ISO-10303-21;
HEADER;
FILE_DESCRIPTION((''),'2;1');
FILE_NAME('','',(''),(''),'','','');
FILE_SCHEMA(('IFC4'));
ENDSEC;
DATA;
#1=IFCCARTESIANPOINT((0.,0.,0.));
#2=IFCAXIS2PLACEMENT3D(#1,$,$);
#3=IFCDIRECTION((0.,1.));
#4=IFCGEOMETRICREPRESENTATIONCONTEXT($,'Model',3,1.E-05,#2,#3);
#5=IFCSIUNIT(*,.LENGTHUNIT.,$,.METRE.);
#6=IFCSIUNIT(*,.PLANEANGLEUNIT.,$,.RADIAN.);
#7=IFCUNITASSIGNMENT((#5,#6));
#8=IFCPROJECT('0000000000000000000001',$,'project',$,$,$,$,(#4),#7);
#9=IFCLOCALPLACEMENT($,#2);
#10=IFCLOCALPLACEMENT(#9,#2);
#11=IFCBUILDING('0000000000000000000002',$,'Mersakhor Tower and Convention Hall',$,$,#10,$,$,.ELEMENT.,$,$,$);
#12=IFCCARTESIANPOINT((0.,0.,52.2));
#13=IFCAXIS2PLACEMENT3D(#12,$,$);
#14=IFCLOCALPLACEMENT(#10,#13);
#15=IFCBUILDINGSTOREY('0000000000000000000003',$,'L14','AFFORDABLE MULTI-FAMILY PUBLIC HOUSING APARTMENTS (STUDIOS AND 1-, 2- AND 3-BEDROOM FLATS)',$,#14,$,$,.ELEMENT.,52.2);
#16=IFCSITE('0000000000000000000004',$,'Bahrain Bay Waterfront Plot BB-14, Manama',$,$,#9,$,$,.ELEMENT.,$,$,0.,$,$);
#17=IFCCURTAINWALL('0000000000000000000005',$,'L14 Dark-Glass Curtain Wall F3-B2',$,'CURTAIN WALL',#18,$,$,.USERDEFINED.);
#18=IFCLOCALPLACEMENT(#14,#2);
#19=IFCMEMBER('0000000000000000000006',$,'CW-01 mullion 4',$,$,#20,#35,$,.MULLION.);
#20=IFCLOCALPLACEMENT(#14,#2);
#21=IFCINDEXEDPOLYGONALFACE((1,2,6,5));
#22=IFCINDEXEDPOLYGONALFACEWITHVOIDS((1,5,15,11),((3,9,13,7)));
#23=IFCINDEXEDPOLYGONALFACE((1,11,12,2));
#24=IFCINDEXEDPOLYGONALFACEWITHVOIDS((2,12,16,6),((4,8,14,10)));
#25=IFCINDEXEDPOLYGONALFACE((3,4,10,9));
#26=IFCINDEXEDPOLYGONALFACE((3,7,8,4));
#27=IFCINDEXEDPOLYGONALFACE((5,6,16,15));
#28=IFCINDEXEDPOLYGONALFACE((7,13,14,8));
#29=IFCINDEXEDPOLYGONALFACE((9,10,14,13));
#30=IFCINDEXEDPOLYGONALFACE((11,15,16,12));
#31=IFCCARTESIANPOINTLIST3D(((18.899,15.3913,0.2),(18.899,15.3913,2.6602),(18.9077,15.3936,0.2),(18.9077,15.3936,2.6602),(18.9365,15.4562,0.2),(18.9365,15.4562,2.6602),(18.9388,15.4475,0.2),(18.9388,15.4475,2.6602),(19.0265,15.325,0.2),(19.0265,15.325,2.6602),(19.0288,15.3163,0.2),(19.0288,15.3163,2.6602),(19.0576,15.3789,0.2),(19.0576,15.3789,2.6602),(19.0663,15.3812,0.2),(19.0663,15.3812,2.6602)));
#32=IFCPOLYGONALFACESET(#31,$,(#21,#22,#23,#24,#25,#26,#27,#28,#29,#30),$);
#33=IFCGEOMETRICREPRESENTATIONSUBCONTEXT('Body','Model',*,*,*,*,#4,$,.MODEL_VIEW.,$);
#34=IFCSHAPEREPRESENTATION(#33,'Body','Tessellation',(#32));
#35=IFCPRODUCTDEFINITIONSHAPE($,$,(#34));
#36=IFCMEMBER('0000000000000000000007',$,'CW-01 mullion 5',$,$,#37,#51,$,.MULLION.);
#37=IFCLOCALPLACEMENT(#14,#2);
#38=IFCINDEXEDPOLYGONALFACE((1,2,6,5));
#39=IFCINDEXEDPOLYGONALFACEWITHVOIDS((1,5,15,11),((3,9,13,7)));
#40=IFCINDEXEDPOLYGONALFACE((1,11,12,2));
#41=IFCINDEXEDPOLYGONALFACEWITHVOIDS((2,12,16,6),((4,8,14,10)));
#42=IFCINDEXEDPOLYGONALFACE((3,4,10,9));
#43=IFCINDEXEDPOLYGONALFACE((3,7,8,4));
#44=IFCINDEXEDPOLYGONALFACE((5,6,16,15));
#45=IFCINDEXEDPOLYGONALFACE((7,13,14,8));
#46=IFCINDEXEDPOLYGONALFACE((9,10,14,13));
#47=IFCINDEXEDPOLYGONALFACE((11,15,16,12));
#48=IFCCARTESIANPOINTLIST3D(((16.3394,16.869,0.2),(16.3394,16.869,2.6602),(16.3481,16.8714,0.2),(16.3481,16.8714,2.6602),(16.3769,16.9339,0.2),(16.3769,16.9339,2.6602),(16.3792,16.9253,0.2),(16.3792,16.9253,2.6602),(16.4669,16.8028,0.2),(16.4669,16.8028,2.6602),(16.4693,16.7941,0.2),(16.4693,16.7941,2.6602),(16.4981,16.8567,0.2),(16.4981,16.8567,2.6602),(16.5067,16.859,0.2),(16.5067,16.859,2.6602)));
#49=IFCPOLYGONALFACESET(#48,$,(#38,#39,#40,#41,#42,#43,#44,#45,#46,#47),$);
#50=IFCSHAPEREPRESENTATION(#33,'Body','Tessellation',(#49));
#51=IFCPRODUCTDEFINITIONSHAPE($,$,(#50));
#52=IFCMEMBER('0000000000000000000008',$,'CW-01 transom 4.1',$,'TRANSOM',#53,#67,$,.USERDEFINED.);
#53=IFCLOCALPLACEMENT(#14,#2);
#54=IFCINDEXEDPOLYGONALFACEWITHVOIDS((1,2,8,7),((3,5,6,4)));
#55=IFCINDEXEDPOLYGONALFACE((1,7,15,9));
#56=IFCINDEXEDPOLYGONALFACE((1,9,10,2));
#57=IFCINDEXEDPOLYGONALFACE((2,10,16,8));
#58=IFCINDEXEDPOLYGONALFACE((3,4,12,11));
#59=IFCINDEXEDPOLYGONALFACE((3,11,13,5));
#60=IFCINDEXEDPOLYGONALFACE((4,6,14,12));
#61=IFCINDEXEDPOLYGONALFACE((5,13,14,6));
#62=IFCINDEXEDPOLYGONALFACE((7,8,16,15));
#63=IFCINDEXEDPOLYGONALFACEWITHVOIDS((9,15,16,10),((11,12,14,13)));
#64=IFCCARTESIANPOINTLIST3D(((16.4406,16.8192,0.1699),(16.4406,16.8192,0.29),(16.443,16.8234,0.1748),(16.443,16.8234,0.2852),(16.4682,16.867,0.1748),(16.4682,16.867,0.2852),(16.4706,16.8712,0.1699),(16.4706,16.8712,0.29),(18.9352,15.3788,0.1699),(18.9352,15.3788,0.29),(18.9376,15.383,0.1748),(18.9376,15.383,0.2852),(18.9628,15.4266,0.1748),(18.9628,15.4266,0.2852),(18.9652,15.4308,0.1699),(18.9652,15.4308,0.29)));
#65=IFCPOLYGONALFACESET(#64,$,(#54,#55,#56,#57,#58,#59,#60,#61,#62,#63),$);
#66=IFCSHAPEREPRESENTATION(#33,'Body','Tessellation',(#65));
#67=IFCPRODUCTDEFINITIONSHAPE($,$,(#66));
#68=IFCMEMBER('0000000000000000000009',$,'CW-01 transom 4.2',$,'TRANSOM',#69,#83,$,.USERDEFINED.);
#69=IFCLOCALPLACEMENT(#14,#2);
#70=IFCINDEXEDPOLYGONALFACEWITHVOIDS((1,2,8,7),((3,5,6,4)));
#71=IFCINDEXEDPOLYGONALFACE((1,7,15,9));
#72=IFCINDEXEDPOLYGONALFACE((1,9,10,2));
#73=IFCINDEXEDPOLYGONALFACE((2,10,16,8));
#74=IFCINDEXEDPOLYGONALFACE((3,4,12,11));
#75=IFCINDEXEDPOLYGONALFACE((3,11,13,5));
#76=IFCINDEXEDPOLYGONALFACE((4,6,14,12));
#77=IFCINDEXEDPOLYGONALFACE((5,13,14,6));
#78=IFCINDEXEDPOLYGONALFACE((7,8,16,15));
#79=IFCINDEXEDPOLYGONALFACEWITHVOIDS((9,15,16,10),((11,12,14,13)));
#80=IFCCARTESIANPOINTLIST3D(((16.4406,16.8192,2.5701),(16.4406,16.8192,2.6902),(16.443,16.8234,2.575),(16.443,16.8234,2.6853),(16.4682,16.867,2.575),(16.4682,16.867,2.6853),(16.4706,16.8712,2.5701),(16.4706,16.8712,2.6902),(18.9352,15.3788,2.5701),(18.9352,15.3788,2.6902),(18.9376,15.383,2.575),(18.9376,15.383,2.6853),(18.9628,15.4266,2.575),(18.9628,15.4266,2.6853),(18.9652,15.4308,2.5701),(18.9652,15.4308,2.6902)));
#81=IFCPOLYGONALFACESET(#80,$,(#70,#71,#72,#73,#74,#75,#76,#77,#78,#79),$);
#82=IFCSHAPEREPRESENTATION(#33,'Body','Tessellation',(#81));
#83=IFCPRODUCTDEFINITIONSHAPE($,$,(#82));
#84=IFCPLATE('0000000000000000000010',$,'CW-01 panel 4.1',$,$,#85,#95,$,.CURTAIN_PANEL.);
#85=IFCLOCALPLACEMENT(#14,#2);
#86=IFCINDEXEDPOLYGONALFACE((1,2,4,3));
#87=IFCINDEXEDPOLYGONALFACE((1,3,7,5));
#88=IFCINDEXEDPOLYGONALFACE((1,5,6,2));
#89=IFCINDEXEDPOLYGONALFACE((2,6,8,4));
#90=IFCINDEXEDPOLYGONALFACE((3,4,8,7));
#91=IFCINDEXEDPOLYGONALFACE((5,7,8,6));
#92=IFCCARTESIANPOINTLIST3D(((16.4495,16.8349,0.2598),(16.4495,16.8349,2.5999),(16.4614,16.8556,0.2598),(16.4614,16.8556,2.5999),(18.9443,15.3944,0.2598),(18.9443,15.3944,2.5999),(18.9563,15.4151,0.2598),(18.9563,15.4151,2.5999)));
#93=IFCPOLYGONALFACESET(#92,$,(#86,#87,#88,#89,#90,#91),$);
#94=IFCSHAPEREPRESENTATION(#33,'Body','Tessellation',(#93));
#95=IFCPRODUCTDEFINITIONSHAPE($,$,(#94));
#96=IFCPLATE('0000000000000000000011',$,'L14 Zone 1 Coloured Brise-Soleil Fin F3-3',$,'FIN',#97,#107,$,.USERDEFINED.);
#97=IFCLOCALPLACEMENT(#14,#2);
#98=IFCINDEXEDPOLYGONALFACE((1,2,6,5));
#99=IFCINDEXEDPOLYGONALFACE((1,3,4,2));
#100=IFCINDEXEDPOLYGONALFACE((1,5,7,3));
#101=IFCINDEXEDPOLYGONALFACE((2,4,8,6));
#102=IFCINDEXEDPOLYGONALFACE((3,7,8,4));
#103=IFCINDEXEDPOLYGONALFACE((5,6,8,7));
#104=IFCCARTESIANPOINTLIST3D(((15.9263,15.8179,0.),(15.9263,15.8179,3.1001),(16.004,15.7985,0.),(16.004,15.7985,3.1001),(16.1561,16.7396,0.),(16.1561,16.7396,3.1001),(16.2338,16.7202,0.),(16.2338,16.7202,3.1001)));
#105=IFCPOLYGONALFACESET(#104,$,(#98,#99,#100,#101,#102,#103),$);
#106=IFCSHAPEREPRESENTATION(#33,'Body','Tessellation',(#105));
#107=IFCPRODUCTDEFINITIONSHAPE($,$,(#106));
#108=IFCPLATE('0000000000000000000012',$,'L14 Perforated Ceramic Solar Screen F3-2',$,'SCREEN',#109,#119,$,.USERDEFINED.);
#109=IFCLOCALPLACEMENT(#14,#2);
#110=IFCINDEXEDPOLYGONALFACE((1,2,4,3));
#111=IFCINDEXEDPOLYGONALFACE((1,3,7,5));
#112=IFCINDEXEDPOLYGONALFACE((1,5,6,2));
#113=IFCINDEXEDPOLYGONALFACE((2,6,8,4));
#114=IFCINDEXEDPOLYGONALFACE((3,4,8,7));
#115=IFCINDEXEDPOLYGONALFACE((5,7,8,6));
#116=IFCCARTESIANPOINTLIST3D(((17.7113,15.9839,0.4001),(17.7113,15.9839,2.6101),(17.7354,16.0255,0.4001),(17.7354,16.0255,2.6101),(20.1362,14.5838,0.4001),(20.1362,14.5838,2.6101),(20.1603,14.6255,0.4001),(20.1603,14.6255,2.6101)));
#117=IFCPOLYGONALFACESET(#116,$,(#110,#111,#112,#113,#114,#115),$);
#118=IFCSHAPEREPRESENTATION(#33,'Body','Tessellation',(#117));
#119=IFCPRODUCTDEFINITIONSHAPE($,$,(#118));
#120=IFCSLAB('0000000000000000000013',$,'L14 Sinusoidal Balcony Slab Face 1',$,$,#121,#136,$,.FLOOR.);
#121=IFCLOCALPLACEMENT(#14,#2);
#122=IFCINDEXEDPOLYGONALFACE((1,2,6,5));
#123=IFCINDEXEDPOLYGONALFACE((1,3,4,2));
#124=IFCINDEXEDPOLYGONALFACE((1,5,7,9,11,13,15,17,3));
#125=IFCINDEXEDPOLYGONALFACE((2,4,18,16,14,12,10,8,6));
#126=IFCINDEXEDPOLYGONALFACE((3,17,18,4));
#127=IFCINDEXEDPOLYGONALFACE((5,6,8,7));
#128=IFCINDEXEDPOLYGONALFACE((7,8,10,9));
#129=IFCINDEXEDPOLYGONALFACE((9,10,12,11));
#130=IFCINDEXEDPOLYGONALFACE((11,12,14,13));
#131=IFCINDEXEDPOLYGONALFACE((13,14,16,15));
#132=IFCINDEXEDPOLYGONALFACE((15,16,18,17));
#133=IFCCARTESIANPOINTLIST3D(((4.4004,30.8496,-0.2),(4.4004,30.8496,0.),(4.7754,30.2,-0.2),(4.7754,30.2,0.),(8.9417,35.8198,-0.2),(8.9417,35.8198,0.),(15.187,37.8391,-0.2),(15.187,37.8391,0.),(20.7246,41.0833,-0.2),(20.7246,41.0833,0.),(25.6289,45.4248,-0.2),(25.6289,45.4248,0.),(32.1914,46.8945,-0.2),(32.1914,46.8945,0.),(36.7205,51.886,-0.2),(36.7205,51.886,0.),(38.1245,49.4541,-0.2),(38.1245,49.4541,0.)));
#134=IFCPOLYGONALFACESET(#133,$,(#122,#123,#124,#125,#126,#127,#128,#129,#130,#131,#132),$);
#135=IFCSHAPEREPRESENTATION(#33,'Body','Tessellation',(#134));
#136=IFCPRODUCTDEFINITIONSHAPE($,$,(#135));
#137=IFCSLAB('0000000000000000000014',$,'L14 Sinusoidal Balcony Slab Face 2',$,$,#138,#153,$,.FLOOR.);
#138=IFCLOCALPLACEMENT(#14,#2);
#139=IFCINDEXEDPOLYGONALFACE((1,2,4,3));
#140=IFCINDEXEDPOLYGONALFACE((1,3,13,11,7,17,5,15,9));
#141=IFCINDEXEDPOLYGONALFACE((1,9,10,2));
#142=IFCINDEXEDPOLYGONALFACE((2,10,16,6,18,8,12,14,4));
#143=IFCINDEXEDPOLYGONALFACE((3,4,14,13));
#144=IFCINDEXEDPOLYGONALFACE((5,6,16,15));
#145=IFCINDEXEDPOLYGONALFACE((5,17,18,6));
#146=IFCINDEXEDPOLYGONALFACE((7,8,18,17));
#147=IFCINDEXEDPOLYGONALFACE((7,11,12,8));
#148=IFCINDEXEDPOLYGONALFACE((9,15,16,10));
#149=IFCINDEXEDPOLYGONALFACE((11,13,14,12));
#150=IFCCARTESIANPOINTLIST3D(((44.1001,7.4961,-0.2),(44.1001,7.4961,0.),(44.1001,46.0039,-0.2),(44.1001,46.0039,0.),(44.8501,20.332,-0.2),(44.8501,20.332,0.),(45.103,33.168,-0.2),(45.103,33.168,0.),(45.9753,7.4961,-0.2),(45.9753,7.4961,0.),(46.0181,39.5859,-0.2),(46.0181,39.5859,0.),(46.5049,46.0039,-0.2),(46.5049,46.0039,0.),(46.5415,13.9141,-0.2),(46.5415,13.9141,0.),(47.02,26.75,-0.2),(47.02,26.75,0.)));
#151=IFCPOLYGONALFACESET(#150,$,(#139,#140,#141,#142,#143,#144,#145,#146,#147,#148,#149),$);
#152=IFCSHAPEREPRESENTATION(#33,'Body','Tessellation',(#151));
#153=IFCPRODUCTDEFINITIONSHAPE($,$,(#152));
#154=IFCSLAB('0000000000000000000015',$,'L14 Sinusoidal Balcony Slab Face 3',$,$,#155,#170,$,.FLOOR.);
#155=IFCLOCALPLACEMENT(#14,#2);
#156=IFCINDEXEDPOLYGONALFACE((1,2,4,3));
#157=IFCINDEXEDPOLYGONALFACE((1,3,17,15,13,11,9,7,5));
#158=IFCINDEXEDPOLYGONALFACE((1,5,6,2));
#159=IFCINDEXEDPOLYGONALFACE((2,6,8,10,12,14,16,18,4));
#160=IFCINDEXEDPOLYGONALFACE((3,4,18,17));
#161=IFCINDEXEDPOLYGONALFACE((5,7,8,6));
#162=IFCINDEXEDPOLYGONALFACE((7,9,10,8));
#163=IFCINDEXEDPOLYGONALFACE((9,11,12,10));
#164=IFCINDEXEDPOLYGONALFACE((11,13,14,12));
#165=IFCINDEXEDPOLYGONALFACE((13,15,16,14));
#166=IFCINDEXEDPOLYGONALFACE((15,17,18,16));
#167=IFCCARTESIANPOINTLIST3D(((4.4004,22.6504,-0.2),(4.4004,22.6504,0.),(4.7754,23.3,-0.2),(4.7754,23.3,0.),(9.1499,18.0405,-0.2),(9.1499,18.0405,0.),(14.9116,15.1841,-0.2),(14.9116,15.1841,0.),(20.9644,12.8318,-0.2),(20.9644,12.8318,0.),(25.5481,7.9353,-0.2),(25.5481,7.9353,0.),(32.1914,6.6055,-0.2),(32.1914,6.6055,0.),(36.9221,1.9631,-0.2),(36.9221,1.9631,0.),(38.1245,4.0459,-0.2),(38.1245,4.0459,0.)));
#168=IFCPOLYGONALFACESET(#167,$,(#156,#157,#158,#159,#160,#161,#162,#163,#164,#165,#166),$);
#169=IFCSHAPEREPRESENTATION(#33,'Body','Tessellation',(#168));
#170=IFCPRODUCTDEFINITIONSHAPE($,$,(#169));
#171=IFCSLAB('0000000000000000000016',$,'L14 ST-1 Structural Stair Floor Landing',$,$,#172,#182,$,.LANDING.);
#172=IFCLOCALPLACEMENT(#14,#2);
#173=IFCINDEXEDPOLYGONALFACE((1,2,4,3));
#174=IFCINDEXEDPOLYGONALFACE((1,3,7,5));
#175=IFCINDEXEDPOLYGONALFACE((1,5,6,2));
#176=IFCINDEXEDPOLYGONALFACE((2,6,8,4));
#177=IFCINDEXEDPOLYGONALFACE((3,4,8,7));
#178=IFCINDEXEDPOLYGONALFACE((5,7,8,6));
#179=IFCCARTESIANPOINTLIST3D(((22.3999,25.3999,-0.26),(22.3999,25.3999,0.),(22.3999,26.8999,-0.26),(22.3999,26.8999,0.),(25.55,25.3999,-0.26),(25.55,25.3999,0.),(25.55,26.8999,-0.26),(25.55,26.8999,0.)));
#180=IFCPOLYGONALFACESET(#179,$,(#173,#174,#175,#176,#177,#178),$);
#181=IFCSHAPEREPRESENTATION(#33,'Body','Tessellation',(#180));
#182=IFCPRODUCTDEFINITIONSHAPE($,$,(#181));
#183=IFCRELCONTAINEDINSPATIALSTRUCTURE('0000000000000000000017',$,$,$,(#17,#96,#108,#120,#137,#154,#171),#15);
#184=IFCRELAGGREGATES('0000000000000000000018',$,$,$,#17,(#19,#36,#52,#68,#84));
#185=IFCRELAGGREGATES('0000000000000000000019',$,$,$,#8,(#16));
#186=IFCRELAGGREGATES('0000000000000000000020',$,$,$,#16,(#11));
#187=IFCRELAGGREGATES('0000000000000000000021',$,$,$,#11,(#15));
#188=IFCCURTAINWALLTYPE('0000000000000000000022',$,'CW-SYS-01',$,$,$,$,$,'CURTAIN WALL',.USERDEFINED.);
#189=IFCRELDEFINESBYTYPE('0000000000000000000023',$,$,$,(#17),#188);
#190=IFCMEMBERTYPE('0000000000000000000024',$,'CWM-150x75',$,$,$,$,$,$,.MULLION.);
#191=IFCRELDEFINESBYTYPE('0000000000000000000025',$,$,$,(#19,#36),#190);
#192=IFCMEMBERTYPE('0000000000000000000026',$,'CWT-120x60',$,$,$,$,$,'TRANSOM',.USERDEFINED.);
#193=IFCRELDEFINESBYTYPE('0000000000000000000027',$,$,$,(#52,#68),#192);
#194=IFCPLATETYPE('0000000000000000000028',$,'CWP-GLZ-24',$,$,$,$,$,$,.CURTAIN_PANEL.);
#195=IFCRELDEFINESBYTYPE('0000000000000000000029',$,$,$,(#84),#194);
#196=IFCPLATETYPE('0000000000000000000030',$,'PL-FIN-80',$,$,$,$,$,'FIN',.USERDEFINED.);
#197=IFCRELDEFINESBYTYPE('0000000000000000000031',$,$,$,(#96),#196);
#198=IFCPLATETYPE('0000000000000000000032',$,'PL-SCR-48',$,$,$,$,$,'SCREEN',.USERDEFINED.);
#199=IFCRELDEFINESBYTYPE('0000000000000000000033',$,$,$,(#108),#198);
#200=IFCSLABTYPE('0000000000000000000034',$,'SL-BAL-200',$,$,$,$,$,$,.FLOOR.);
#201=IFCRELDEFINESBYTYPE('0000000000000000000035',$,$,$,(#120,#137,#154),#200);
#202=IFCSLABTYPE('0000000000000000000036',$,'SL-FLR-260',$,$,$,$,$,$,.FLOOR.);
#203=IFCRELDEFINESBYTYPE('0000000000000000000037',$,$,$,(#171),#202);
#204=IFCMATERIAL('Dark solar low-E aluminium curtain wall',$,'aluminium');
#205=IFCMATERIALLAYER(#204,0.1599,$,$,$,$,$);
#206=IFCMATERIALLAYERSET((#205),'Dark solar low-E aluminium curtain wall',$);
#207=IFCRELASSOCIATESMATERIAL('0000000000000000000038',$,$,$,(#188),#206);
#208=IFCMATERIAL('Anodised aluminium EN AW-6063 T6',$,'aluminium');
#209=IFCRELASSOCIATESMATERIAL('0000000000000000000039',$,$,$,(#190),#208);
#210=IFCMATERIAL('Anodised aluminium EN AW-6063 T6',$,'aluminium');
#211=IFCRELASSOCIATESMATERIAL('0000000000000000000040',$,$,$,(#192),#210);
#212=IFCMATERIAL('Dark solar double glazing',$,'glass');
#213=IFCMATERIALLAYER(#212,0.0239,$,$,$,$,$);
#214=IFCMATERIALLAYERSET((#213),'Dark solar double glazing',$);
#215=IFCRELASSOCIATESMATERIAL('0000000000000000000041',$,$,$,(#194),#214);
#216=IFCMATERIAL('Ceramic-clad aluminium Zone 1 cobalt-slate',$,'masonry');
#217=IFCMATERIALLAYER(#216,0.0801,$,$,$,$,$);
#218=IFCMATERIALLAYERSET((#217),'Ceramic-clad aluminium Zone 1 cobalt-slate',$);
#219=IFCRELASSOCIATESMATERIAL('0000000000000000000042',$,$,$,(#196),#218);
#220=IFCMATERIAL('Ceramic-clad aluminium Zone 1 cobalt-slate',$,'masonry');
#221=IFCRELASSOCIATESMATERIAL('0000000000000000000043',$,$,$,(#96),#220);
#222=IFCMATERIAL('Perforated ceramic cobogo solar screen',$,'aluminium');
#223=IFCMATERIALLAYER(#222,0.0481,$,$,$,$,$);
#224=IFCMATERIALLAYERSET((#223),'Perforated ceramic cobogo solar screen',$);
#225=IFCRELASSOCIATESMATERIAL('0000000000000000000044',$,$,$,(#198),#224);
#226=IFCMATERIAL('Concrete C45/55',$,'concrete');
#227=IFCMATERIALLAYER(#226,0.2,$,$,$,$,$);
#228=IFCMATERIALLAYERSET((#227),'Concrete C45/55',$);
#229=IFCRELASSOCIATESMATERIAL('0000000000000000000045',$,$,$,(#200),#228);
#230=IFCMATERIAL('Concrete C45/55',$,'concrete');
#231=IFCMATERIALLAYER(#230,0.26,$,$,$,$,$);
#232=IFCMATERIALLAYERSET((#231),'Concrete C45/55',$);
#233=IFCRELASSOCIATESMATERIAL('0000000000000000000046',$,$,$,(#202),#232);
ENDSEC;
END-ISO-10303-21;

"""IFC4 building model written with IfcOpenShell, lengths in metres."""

from ifc_helpers import new_model, si_unit, direction, frame, origin, origin_2d, place, context, subcontext, project, spatial, polyline, rectangle, hollow_rectangle, outline, extrude, material, layer, layer_set, material_profile, profile_set, type_object, element, aggregate, save


model = new_model("IFC4")

# Units and contexts
model_context = context("Model", 3, precision=1e-05, world=origin(), true_north=direction((0.0, 1.0)))
body_context = subcontext(model_context, "Body", "Model", "MODEL_VIEW")
ifc_project = project(units=[si_unit("LENGTHUNIT", "METRE"), si_unit("PLANEANGLEUNIT", "RADIAN")], contexts=[model_context])

# Site, building, storey
site_placement = place(None, origin())
site = spatial("IfcSite", under=ifc_project, at=site_placement, Name="Bahrain Bay Waterfront Plot BB-14, Manama", CompositionType="ELEMENT", RefElevation=0.0)
building_placement = place(site_placement, origin())
building = spatial("IfcBuilding", under=site, at=building_placement, Name="Mersakhor Tower and Convention Hall", CompositionType="ELEMENT")
storey_placement = place(building_placement, frame((0.0, 0.0, 52.2)))
storey = spatial("IfcBuildingStorey", under=building, at=storey_placement, Name="L14", Description="AFFORDABLE MULTI-FAMILY PUBLIC HOUSING APARTMENTS (STUDIOS AND 1-, 2- AND 3-BEDROOM FLATS)", CompositionType="ELEMENT", Elevation=52.2)

# Curtain wall, members, plate
ifc_material_1 = material(Name="Dark solar low-E aluminium curtain wall", Category="aluminium")
ifc_layer_1 = layer(ifc_material_1, 0.1599)
ifc_layer_set_1 = layer_set([ifc_layer_1], Name="Dark solar low-E aluminium curtain wall")
curtain_wall_type = type_object("IfcCurtainWallType", Name="CW-SYS-01", ElementType="CURTAIN WALL", PredefinedType="USERDEFINED", material=ifc_layer_set_1)
curtain_wall_placement = place(storey_placement, origin())
curtain_wall = element("IfcCurtainWall", 1, at=curtain_wall_placement, inside=storey, type_object=curtain_wall_type, Name="L14 Dark-Glass Curtain Wall F3-B2", ObjectType="CURTAIN WALL", PredefinedType="USERDEFINED")
ifc_material_2 = material(Name="Anodised aluminium EN AW-6063 T6", Category="aluminium")
ifc_material_profile_1 = material_profile(ifc_material_2, hollow_rectangle(XDim=0.075, YDim=0.1499, WallThickness=0.0063, at=origin_2d()), Name="RHS 150x75x6.3")
ifc_profile_set_1 = profile_set([ifc_material_profile_1], Name="Anodised aluminium EN AW-6063 T6")
member_type_1 = type_object("IfcMemberType", Name="CWM-150x75", PredefinedType="MULLION", material=ifc_profile_set_1)
member_1_placement = place(storey_placement, frame((18.9827, 15.3862, 0.2), z_axis=(0.0, 0.0, 1.0), x_axis=(-0.500003, -0.866023, 0.0)))
member_1 = element("IfcMember", 2, at=member_1_placement, type_object=member_type_1, Name="CW-01 mullion 4", PredefinedType="MULLION", context=body_context, shape_type="SweptSolid", body=[
    extrude(hollow_rectangle(XDim=0.075, YDim=0.1499, WallThickness=0.0063, at=origin_2d()), origin(), (0.0, 0.0, 1.0), 2.4602),
])
member_2_placement = place(storey_placement, frame((16.4231, 16.864, 0.2), z_axis=(0.0, 0.0, 1.0), x_axis=(-0.500003, -0.866023, 0.0)))
member_2 = element("IfcMember", 3, at=member_2_placement, type_object=member_type_1, Name="CW-01 mullion 5", PredefinedType="MULLION", context=body_context, shape_type="SweptSolid", body=[
    extrude(hollow_rectangle(XDim=0.075, YDim=0.1499, WallThickness=0.0063, at=origin_2d()), origin(), (0.0, 0.0, 1.0), 2.4602),
])
ifc_material_3 = material(Name="Anodised aluminium EN AW-6063 T6", Category="aluminium")
ifc_material_profile_2 = material_profile(ifc_material_3, hollow_rectangle(XDim=0.0601, YDim=0.1201, WallThickness=0.0049, at=origin_2d()), Name="RHS 120x60x5")
ifc_profile_set_2 = profile_set([ifc_material_profile_2], Name="Anodised aluminium EN AW-6063 T6")
member_type_2 = type_object("IfcMemberType", Name="CWT-120x60", ElementType="TRANSOM", PredefinedType="USERDEFINED", material=ifc_profile_set_2)
member_3_placement = place(storey_placement, frame((18.9502, 15.4048, 0.23), z_axis=(-0.866002, 0.50004, 0.0), x_axis=(-0.50004, -0.866002, 0.0)))
member_3 = element("IfcMember", 4, at=member_3_placement, type_object=member_type_2, Name="CW-01 transom 4.1", ObjectType="TRANSOM", PredefinedType="USERDEFINED", context=body_context, shape_type="SweptSolid", body=[
    extrude(hollow_rectangle(XDim=0.0601, YDim=0.1201, WallThickness=0.0049, at=origin_2d()), origin(), (0.0, 0.0, 1.0), 2.8806),
])
member_4_placement = place(storey_placement, frame((18.9502, 15.4048, 2.6301), z_axis=(-0.866002, 0.50004, 0.0), x_axis=(-0.50004, -0.866002, 0.0)))
member_4 = element("IfcMember", 5, at=member_4_placement, type_object=member_type_2, Name="CW-01 transom 4.2", ObjectType="TRANSOM", PredefinedType="USERDEFINED", context=body_context, shape_type="SweptSolid", body=[
    extrude(hollow_rectangle(XDim=0.0601, YDim=0.1201, WallThickness=0.0049, at=origin_2d()), origin(), (0.0, 0.0, 1.0), 2.8806),
])
ifc_material_4 = material(Name="Dark solar double glazing", Category="glass")
ifc_layer_2 = layer(ifc_material_4, 0.0239)
ifc_layer_set_2 = layer_set([ifc_layer_2], Name="Dark solar double glazing")
plate_type_1 = type_object("IfcPlateType", Name="CWP-GLZ-24", PredefinedType="CURTAIN_PANEL", material=ifc_layer_set_2)
plate_1_placement = place(storey_placement, frame((17.7029, 16.125, 0.2598), z_axis=(0.0, 0.0, 1.0), x_axis=(-0.866023, 0.500003, 0.0)))
plate_1 = element("IfcPlate", 6, at=plate_1_placement, type_object=plate_type_1, Name="CW-01 panel 4.1", PredefinedType="CURTAIN_PANEL", context=body_context, shape_type="SweptSolid", body=[
    extrude(rectangle(XDim=2.8809, YDim=0.0239, at=origin_2d()), origin(), (0.0, 0.0, 1.0), 2.3401),
])
aggregate(curtain_wall, [member_1, member_2, member_3, member_4, plate_1])

# Plates
ifc_material_5 = material(Name="Ceramic-clad aluminium Zone 1 cobalt-slate", Category="masonry")
ifc_material_6 = material(Name="Ceramic-clad aluminium Zone 1 cobalt-slate", Category="masonry")
ifc_layer_3 = layer(ifc_material_6, 0.0801)
ifc_layer_set_3 = layer_set([ifc_layer_3], Name="Ceramic-clad aluminium Zone 1 cobalt-slate")
plate_type_2 = type_object("IfcPlateType", Name="PL-FIN-80", ElementType="FIN", PredefinedType="USERDEFINED", material=ifc_layer_set_3)
plate_2_placement = place(storey_placement, frame((16.0801, 16.269, 0.0), z_axis=(0.0, 0.0, 1.0), x_axis=(-0.241922, -0.970296, 0.0)))
element("IfcPlate", 7, at=plate_2_placement, inside=storey, type_object=plate_type_2, material=ifc_material_5, Name="L14 Zone 1 Coloured Brise-Soleil Fin F3-3", ObjectType="FIN", PredefinedType="USERDEFINED", context=body_context, shape_type="SweptSolid", body=[
    extrude(rectangle(XDim=0.95, YDim=0.0801, at=origin_2d()), origin(), (0.0, 0.0, 1.0), 3.1001),
])
ifc_material_7 = material(Name="Perforated ceramic cobogo solar screen", Category="aluminium")
ifc_layer_4 = layer(ifc_material_7, 0.0481)
ifc_layer_set_4 = layer_set([ifc_layer_4], Name="Perforated ceramic cobogo solar screen")
plate_type_3 = type_object("IfcPlateType", Name="PL-SCR-48", ElementType="SCREEN", PredefinedType="USERDEFINED", material=ifc_layer_set_4)
plate_3_placement = place(storey_placement, frame((18.9358, 15.3047, 0.4001), z_axis=(0.0, 0.0, 1.0), x_axis=(-0.866025, 0.5, 0.0)))
element("IfcPlate", 8, at=plate_3_placement, inside=storey, type_object=plate_type_3, Name="L14 Perforated Ceramic Solar Screen F3-2", ObjectType="SCREEN", PredefinedType="USERDEFINED", context=body_context, shape_type="SweptSolid", body=[
    extrude(rectangle(XDim=2.8, YDim=0.0481, at=origin_2d()), origin(), (0.0, 0.0, 1.0), 2.21),
])

# Slabs
ifc_material_8 = material(Name="Concrete C45/55", Category="concrete")
ifc_layer_5 = layer(ifc_material_8, 0.2)
ifc_layer_set_5 = layer_set([ifc_layer_5], Name="Concrete C45/55")
slab_type_1 = type_object("IfcSlabType", Name="SL-BAL-200", PredefinedType="FLOOR", material=ifc_layer_set_5)
slab_1_placement = place(storey_placement, frame((0.0, 0.0, -0.2)))
element("IfcSlab", 9, at=slab_1_placement, inside=storey, type_object=slab_type_1, Name="L14 Sinusoidal Balcony Slab Face 1", PredefinedType="FLOOR", context=body_context, shape_type="SweptSolid", body=[
    extrude(outline(polyline([(4.7754, 30.2), (38.1245, 49.4541), (36.7205, 51.886), (32.1914, 46.8945), (25.6289, 45.4248), (20.7246, 41.0833), (15.187, 37.8391), (8.9417, 35.8198), (4.4004, 30.8496), (4.7754, 30.2)])), origin(), (0.0, 0.0, 1.0), 0.2),
])
slab_2_placement = place(storey_placement, frame((0.0, 0.0, -0.2)))
element("IfcSlab", 10, at=slab_2_placement, inside=storey, type_object=slab_type_1, Name="L14 Sinusoidal Balcony Slab Face 2", PredefinedType="FLOOR", context=body_context, shape_type="SweptSolid", body=[
    extrude(outline(polyline([(44.1001, 46.0039), (44.1001, 7.4961), (45.9753, 7.4961), (46.5415, 13.9141), (44.8501, 20.332), (47.02, 26.75), (45.103, 33.168), (46.0181, 39.5859), (46.5049, 46.0039), (44.1001, 46.0039)])), origin(), (0.0, 0.0, 1.0), 0.2),
])
slab_3_placement = place(storey_placement, frame((0.0, 0.0, -0.2)))
element("IfcSlab", 11, at=slab_3_placement, inside=storey, type_object=slab_type_1, Name="L14 Sinusoidal Balcony Slab Face 3", PredefinedType="FLOOR", context=body_context, shape_type="SweptSolid", body=[
    extrude(outline(polyline([(38.1245, 4.0459), (4.7754, 23.3), (4.4004, 22.6504), (9.1499, 18.0405), (14.9116, 15.1841), (20.9644, 12.8318), (25.5481, 7.9353), (32.1914, 6.6055), (36.9221, 1.9631), (38.1245, 4.0459)])), origin(), (0.0, 0.0, 1.0), 0.2),
])
ifc_material_9 = material(Name="Concrete C45/55", Category="concrete")
ifc_layer_6 = layer(ifc_material_9, 0.26)
ifc_layer_set_6 = layer_set([ifc_layer_6], Name="Concrete C45/55")
slab_type_2 = type_object("IfcSlabType", Name="SL-FLR-260", PredefinedType="FLOOR", material=ifc_layer_set_6)
slab_4_placement = place(storey_placement, frame((0.0, 0.0, -0.26)))
element("IfcSlab", 12, at=slab_4_placement, inside=storey, type_object=slab_type_2, Name="L14 ST-1 Structural Stair Floor Landing", PredefinedType="LANDING", context=body_context, shape_type="SweptSolid", body=[
    extrude(outline(polyline([(25.55, 25.3999), (25.55, 26.8999), (22.3999, 26.8999), (22.3999, 25.3999), (25.55, 25.3999)])), origin(), (0.0, 0.0, 1.0), 0.26),
])

save(model, "model.ifc")
